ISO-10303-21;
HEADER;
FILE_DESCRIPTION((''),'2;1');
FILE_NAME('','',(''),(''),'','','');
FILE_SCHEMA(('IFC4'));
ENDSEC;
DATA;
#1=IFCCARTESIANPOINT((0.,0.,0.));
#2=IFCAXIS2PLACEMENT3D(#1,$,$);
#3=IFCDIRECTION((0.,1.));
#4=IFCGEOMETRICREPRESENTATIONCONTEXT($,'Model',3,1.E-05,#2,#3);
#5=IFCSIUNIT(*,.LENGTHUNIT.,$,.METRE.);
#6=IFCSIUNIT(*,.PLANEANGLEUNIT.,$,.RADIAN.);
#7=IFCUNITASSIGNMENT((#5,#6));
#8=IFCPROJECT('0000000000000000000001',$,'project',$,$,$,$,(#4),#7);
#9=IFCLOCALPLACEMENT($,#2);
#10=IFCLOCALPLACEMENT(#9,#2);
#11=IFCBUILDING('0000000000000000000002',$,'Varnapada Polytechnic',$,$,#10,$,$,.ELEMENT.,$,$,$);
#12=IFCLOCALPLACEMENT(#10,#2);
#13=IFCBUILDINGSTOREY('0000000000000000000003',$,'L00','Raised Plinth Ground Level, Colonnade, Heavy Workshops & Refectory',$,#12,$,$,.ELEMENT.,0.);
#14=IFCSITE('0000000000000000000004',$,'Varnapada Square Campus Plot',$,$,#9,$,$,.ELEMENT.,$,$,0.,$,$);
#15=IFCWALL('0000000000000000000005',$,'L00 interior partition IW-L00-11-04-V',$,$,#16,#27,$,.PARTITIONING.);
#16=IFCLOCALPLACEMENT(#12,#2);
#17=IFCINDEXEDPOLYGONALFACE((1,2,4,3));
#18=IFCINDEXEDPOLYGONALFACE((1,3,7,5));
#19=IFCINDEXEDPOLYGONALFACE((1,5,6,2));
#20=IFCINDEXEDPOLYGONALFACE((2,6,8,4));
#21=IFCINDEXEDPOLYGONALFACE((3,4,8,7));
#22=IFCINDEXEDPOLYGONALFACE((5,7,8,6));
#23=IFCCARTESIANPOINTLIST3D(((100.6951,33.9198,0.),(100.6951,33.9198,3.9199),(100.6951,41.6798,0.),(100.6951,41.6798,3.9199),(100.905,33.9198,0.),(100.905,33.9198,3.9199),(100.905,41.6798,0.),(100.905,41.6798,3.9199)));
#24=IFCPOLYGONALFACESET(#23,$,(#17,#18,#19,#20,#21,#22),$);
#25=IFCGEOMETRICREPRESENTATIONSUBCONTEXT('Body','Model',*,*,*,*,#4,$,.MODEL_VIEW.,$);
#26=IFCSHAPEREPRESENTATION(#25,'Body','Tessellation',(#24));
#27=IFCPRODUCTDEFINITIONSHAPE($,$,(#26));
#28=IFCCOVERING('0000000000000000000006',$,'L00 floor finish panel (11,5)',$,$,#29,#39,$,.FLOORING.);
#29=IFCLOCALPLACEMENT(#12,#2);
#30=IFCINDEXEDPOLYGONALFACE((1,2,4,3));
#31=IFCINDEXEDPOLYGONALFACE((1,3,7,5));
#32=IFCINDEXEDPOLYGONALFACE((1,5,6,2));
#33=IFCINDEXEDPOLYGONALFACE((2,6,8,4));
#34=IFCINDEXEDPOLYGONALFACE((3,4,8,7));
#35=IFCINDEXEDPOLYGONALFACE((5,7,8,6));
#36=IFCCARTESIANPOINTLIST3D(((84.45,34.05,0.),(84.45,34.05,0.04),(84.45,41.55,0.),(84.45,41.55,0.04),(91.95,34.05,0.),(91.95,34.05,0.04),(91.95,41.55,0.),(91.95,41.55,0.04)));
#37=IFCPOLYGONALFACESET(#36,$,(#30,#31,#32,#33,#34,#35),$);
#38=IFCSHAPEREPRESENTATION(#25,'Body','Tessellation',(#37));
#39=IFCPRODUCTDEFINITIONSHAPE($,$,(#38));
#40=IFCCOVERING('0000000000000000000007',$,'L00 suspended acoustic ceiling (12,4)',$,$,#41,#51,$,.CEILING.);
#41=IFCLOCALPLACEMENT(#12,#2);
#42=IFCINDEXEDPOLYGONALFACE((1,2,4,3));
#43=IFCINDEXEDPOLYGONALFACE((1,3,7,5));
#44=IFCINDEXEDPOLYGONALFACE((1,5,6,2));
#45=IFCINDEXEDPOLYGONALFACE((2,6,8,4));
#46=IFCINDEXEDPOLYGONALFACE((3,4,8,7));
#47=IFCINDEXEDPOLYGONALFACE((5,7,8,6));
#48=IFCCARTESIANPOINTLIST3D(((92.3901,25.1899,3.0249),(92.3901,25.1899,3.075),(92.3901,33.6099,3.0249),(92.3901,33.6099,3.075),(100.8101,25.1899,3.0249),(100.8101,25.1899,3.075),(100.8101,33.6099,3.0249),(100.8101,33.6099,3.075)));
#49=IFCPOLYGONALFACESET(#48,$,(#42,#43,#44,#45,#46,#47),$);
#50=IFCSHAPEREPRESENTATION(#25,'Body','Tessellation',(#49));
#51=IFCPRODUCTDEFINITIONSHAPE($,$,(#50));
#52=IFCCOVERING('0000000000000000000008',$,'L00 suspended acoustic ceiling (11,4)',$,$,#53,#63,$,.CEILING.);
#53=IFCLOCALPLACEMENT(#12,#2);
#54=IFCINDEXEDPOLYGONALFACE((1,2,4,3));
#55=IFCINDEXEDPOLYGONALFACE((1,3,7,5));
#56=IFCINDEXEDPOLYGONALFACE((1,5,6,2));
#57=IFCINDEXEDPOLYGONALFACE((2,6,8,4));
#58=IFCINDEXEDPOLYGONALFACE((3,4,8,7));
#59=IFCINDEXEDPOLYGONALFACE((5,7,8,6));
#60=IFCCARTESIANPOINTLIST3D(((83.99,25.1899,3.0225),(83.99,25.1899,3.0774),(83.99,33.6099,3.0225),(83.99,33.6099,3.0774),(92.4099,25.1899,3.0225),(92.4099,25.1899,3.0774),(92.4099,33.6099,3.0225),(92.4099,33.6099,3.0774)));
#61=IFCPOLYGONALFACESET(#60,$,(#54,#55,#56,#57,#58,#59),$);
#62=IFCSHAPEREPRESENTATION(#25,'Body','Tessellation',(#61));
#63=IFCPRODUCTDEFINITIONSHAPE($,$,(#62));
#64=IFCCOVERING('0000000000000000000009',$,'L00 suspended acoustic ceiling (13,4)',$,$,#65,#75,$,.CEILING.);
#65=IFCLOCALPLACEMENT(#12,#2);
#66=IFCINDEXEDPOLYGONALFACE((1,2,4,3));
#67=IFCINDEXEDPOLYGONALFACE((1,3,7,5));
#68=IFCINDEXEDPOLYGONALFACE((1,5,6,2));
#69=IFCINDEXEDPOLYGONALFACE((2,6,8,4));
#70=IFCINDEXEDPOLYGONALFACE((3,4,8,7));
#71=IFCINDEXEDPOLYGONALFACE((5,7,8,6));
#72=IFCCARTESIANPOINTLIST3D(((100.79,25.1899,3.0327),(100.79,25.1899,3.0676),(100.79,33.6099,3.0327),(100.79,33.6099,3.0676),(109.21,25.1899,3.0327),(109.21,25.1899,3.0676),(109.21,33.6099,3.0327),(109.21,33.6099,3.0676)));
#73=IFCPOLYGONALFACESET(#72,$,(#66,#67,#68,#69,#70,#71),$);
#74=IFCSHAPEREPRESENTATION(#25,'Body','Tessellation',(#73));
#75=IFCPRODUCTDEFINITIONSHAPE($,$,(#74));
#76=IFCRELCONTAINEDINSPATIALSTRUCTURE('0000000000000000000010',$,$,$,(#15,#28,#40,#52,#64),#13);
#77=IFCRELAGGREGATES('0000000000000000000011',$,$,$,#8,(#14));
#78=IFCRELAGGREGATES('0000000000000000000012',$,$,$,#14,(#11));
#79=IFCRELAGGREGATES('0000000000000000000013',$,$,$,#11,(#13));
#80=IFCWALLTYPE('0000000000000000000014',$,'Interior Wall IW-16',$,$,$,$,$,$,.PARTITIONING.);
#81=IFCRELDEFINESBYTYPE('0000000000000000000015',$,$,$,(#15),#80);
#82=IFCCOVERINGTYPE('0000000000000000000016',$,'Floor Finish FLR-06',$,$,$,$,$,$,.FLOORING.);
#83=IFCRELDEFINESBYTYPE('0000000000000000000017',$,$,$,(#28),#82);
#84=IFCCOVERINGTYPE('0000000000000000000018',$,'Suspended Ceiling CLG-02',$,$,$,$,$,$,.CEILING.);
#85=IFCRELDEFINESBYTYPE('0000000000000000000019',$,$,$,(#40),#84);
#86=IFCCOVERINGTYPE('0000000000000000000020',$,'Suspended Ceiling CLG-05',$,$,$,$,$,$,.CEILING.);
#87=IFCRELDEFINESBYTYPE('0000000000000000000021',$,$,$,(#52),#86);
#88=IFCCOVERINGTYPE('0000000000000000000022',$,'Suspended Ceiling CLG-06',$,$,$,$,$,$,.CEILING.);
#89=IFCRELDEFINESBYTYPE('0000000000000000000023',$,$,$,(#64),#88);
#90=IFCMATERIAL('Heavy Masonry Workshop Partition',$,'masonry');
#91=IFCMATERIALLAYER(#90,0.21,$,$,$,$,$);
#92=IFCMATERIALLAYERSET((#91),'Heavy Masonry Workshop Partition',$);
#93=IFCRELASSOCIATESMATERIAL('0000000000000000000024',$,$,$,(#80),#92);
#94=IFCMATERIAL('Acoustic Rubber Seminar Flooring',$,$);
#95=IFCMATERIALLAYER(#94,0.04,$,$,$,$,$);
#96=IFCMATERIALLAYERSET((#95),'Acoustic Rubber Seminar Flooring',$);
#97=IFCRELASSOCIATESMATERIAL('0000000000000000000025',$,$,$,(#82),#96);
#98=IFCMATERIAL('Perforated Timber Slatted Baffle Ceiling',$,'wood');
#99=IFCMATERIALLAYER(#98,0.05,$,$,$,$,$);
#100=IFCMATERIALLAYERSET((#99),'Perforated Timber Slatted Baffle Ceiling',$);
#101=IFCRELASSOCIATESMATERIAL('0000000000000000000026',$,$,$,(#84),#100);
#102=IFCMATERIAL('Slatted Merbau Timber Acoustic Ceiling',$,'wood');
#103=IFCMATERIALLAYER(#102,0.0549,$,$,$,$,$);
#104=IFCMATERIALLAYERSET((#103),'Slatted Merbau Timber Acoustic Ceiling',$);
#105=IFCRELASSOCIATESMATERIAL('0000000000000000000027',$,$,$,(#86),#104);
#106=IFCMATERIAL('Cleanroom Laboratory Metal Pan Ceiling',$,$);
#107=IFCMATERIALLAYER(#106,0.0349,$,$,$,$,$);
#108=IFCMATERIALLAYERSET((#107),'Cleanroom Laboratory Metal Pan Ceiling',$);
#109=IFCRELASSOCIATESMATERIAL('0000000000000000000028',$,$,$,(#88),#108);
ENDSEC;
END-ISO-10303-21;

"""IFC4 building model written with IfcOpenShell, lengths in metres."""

from ifc_helpers import new_model, si_unit, direction, frame, frame_2d, origin, origin_2d, place, context, subcontext, project, spatial, rectangle, extrude, material, layer, layer_set, type_object, element, save


model = new_model("IFC4")

# Units and contexts
model_context = context("Model", 3, precision=1e-05, world=origin(), true_north=direction((0.0, 1.0)))
body_context = subcontext(model_context, "Body", "Model", "MODEL_VIEW")
ifc_project = project(units=[si_unit("LENGTHUNIT", "METRE"), si_unit("PLANEANGLEUNIT", "RADIAN")], contexts=[model_context])

# Site, building, storey
site_placement = place(None, origin())
site = spatial("IfcSite", under=ifc_project, at=site_placement, Name="Varnapada Square Campus Plot", CompositionType="ELEMENT", RefElevation=0.0)
building_placement = place(site_placement, origin())
building = spatial("IfcBuilding", under=site, at=building_placement, Name="Varnapada Polytechnic", CompositionType="ELEMENT")
storey_placement = place(building_placement, origin())
storey = spatial("IfcBuildingStorey", under=building, at=storey_placement, Name="L00", Description="Raised Plinth Ground Level, Colonnade, Heavy Workshops & Refectory", CompositionType="ELEMENT", Elevation=0.0)

# Wall
ifc_material_1 = material(Name="Heavy Masonry Workshop Partition", Category="masonry")
ifc_layer_1 = layer(ifc_material_1, 0.21)
ifc_layer_set_1 = layer_set([ifc_layer_1], Name="Heavy Masonry Workshop Partition")
wall_type_1 = type_object("IfcWallType", Name="Interior Wall IW-16", PredefinedType="PARTITIONING", material=ifc_layer_set_1)
wall_1_placement = place(storey_placement, frame((100.8, 33.9199, 0.0), z_axis=(0.0, 0.0, 1.0), x_axis=(0.0, 1.0, 0.0)))
element("IfcWall", 1, at=wall_1_placement, inside=storey, type_object=wall_type_1, Name="L00 interior partition IW-L00-11-04-V", PredefinedType="PARTITIONING", context=body_context, shape_type="SweptSolid", body=[
    extrude(rectangle(XDim=7.76, YDim=0.21, at=frame_2d((3.8799, 0.0))), origin(), (0.0, 0.0, 1.0), 3.9199),
])

# Coverings
ifc_material_2 = material(Name="Acoustic Rubber Seminar Flooring")
ifc_layer_2 = layer(ifc_material_2, 0.04)
ifc_layer_set_2 = layer_set([ifc_layer_2], Name="Acoustic Rubber Seminar Flooring")
covering_type_1 = type_object("IfcCoveringType", Name="Floor Finish FLR-06", PredefinedType="FLOORING", material=ifc_layer_set_2)
covering_1_placement = place(storey_placement, frame((88.2, 37.8, 0.0), z_axis=(0.0, 0.0, 1.0), x_axis=(1.0, 0.0, 0.0)))
element("IfcCovering", 2, at=covering_1_placement, inside=storey, type_object=covering_type_1, Name="L00 floor finish panel (11,5)", PredefinedType="FLOORING", context=body_context, shape_type="SweptSolid", body=[
    extrude(rectangle(XDim=7.5, YDim=7.5, at=origin_2d()), origin(), (0.0, 0.0, 1.0), 0.04),
])
ifc_material_3 = material(Name="Perforated Timber Slatted Baffle Ceiling", Category="wood")
ifc_layer_3 = layer(ifc_material_3, 0.05)
ifc_layer_set_3 = layer_set([ifc_layer_3], Name="Perforated Timber Slatted Baffle Ceiling")
covering_type_2 = type_object("IfcCoveringType", Name="Suspended Ceiling CLG-02", PredefinedType="CEILING", material=ifc_layer_set_3)
covering_2_placement = place(storey_placement, frame((96.6001, 29.3999, 3.0249), z_axis=(0.0, 0.0, 1.0), x_axis=(1.0, 0.0, 0.0)))
element("IfcCovering", 3, at=covering_2_placement, inside=storey, type_object=covering_type_2, Name="L00 suspended acoustic ceiling (12,4)", PredefinedType="CEILING", context=body_context, shape_type="SweptSolid", body=[
    extrude(rectangle(XDim=8.4199, YDim=8.4199, at=origin_2d()), origin(), (0.0, 0.0, 1.0), 0.05),
])
ifc_material_4 = material(Name="Slatted Merbau Timber Acoustic Ceiling", Category="wood")
ifc_layer_4 = layer(ifc_material_4, 0.0549)
ifc_layer_set_4 = layer_set([ifc_layer_4], Name="Slatted Merbau Timber Acoustic Ceiling")
covering_type_3 = type_object("IfcCoveringType", Name="Suspended Ceiling CLG-05", PredefinedType="CEILING", material=ifc_layer_set_4)
covering_3_placement = place(storey_placement, frame((88.2, 29.3999, 3.0225), z_axis=(0.0, 0.0, 1.0), x_axis=(1.0, 0.0, 0.0)))
element("IfcCovering", 4, at=covering_3_placement, inside=storey, type_object=covering_type_3, Name="L00 suspended acoustic ceiling (11,4)", PredefinedType="CEILING", context=body_context, shape_type="SweptSolid", body=[
    extrude(rectangle(XDim=8.4199, YDim=8.4199, at=origin_2d()), origin(), (0.0, 0.0, 1.0), 0.0549),
])
ifc_material_5 = material(Name="Cleanroom Laboratory Metal Pan Ceiling")
ifc_layer_5 = layer(ifc_material_5, 0.0349)
ifc_layer_set_5 = layer_set([ifc_layer_5], Name="Cleanroom Laboratory Metal Pan Ceiling")
covering_type_4 = type_object("IfcCoveringType", Name="Suspended Ceiling CLG-06", PredefinedType="CEILING", material=ifc_layer_set_5)
covering_4_placement = place(storey_placement, frame((105.0, 29.3999, 3.0327), z_axis=(0.0, 0.0, 1.0), x_axis=(1.0, 0.0, 0.0)))
element("IfcCovering", 5, at=covering_4_placement, inside=storey, type_object=covering_type_4, Name="L00 suspended acoustic ceiling (13,4)", PredefinedType="CEILING", context=body_context, shape_type="SweptSolid", body=[
    extrude(rectangle(XDim=8.4199, YDim=8.4199, at=origin_2d()), origin(), (0.0, 0.0, 1.0), 0.0349),
])

save(model, "model.ifc")
